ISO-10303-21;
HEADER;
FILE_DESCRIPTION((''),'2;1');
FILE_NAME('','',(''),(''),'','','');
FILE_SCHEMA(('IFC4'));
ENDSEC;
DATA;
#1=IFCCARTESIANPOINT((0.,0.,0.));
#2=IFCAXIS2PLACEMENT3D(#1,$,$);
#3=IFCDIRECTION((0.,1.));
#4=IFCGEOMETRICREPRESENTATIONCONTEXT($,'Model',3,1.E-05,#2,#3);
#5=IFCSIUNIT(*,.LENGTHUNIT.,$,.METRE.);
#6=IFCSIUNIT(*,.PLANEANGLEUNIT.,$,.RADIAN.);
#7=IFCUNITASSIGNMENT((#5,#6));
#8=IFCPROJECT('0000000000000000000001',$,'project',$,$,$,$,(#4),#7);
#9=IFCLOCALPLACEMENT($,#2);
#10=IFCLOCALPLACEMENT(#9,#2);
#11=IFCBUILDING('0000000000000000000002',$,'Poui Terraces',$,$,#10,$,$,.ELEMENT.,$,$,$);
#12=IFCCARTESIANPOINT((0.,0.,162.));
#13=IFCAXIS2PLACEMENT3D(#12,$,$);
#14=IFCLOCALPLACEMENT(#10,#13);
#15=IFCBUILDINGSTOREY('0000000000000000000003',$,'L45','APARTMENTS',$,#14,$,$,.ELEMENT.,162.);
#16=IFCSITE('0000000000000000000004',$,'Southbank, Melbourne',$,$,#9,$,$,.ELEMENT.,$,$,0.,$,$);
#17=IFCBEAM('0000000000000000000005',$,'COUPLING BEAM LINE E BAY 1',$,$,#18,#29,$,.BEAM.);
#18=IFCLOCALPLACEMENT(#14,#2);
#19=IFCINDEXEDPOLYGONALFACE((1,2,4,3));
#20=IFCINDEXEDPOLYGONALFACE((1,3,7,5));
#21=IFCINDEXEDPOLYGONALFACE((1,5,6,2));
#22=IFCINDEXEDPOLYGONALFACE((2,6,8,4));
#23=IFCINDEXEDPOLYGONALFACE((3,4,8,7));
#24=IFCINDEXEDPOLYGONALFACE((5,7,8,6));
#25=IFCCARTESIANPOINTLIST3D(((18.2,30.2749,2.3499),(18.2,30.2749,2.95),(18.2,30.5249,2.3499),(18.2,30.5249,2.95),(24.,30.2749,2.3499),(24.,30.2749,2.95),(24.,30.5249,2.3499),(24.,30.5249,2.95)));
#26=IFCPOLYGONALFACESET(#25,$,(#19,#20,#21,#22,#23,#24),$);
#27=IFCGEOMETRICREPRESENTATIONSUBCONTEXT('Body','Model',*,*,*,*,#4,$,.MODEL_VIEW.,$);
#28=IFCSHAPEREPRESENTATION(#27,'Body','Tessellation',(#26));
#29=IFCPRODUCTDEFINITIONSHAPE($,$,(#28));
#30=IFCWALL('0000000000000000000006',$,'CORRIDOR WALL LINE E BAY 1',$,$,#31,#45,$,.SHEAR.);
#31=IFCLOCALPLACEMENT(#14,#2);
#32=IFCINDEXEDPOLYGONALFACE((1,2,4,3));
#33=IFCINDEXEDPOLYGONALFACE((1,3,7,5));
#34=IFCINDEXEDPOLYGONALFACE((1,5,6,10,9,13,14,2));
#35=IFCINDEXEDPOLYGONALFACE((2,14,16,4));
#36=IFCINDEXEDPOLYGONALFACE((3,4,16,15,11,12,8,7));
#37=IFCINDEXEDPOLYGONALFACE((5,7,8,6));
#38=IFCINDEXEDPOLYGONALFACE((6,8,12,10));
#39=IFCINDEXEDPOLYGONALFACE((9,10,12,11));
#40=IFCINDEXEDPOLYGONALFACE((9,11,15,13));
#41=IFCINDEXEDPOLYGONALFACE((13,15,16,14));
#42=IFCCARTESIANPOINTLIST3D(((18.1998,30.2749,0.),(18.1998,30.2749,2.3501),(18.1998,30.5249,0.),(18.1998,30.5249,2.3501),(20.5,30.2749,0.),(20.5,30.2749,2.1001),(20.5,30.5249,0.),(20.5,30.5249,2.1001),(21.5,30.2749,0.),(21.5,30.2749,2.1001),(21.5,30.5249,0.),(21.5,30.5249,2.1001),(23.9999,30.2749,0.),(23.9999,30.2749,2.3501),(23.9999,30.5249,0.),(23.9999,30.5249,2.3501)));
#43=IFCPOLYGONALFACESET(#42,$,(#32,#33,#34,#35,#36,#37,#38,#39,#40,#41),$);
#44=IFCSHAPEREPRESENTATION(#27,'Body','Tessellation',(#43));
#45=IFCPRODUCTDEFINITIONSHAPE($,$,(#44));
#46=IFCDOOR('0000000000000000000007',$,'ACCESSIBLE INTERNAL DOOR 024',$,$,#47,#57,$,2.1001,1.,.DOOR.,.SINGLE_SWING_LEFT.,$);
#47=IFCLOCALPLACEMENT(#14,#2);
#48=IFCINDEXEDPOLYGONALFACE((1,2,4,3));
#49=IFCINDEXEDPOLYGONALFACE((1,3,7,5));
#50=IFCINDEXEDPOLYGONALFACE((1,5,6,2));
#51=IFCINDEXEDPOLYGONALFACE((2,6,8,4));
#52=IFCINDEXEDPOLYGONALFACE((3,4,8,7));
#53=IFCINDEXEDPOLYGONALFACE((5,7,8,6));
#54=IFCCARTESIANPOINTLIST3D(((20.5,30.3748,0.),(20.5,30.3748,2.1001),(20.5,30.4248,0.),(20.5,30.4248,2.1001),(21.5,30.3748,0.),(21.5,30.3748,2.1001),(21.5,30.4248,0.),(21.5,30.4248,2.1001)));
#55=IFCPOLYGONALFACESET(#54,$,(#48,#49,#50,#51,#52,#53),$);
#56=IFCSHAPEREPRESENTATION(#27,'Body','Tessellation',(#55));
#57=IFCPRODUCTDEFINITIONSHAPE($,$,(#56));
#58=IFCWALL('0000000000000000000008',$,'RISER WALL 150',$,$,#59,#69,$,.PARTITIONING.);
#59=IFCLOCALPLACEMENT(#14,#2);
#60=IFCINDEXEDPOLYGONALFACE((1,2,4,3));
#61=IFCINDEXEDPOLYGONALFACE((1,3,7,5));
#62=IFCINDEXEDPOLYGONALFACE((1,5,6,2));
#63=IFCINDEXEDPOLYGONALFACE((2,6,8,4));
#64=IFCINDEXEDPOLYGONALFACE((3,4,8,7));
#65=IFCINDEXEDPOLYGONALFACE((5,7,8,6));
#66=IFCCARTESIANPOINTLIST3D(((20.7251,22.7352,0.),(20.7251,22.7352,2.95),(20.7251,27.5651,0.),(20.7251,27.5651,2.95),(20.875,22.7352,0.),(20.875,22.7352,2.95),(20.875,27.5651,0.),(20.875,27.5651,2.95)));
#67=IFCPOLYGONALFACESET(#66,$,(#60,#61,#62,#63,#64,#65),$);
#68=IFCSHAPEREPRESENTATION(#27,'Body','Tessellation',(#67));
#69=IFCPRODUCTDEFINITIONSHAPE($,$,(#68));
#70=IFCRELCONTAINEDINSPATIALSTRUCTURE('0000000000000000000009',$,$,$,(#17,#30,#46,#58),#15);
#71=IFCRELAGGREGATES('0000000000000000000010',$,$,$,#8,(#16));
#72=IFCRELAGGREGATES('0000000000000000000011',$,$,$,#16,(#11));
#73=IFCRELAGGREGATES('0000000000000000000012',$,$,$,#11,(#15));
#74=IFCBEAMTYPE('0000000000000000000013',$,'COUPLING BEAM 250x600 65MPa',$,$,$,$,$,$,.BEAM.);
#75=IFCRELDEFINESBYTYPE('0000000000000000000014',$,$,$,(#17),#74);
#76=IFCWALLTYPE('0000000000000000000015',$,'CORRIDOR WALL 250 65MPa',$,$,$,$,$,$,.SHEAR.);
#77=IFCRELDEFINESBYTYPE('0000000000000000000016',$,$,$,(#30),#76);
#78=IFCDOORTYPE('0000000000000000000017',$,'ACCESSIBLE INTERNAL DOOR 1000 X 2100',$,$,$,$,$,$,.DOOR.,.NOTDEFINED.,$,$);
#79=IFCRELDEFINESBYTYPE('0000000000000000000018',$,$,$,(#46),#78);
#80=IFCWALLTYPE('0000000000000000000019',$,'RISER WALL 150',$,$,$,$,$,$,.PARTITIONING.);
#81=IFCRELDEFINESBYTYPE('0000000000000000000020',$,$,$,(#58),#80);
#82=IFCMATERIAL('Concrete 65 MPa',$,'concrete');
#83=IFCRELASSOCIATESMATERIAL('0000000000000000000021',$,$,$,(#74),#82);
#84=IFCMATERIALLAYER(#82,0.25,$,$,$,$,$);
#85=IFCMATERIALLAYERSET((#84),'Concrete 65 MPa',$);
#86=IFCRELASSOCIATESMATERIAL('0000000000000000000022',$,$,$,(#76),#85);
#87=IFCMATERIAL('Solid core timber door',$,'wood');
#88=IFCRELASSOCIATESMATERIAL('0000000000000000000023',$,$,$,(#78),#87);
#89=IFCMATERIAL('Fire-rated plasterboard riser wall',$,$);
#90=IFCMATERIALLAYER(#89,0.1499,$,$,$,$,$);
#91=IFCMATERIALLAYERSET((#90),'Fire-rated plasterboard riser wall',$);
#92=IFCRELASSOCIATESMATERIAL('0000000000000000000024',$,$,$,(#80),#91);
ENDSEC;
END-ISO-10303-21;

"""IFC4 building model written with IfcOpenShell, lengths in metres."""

from ifc_helpers import new_model, si_unit, direction, frame, frame_2d, origin, origin_2d, place, context, subcontext, project, spatial, rectangle, extrude, source, transform, mapped, material, layer, layer_set, material_profile, profile_set, type_object, element, fill, save


model = new_model("IFC4")

# Units and contexts
model_context = context("Model", 3, precision=1e-05, world=origin(), true_north=direction((0.0, 1.0)))
body_context = subcontext(model_context, "Body", "Model", "MODEL_VIEW")
ifc_project = project(units=[si_unit("LENGTHUNIT", "METRE"), si_unit("PLANEANGLEUNIT", "RADIAN")], contexts=[model_context])

# Site, building, storey
site_placement = place(None, origin())
site = spatial("IfcSite", under=ifc_project, at=site_placement, Name="Southbank, Melbourne", CompositionType="ELEMENT", RefElevation=0.0)
building_placement = place(site_placement, origin())
building = spatial("IfcBuilding", under=site, at=building_placement, Name="Poui Terraces", CompositionType="ELEMENT")
storey_placement = place(building_placement, frame((0.0, 0.0, 162.0)))
storey = spatial("IfcBuildingStorey", under=building, at=storey_placement, Name="L45", Description="APARTMENTS", CompositionType="ELEMENT", Elevation=162.0)

# Beam
ifc_material_1 = material(Name="Concrete 65 MPa", Category="concrete")
ifc_material_profile = material_profile(ifc_material_1, rectangle(XDim=0.25, YDim=0.6001, at=origin_2d()), Name="RC 250x600")
ifc_profile_set = profile_set([ifc_material_profile], Name="Concrete 65 MPa")
beam_type = type_object("IfcBeamType", Name="COUPLING BEAM 250x600 65MPa", PredefinedType="BEAM", material=ifc_profile_set)
shared_shape = source(origin(), body_context, "Body", "SweptSolid", [
    extrude(rectangle(XDim=0.25, YDim=0.6001, at=origin_2d()), origin(), (0.0, 0.0, 1.0), 5.8),
])
beam_placement = place(storey_placement, frame((18.2, 30.3999, 2.6499), z_axis=(1.0, 0.0, 0.0), x_axis=(0.0, 1.0, 0.0)))
element("IfcBeam", 1, at=beam_placement, inside=storey, type_object=beam_type, Name="COUPLING BEAM LINE E BAY 1", PredefinedType="BEAM", context=body_context, shape_type="MappedRepresentation", body=[
    mapped(shared_shape, transform((0.0, 0.0, 0.0))),
])

# Wall, opening, door
ifc_layer_1 = layer(ifc_material_1, 0.25)
ifc_layer_set_1 = layer_set([ifc_layer_1], Name="Concrete 65 MPa")
wall_type_1 = type_object("IfcWallType", Name="CORRIDOR WALL 250 65MPa", PredefinedType="SHEAR", material=ifc_layer_set_1)
wall_1_placement = place(storey_placement, frame((18.2, 30.3999, 0.0), z_axis=(0.0, 0.0, 1.0), x_axis=(1.0, 0.0, 0.0)))
wall_1 = element("IfcWall", 2, at=wall_1_placement, inside=storey, type_object=wall_type_1, Name="CORRIDOR WALL LINE E BAY 1", PredefinedType="SHEAR", context=body_context, shape_type="SweptSolid", body=[
    extrude(rectangle(XDim=5.8, YDim=0.25, at=frame_2d((2.8999, 0.0))), origin(), (0.0, 0.0, 1.0), 2.3501),
])
opening_1_placement = place(wall_1_placement, frame((2.3, 0.0, 0.0)))
opening_1 = element("IfcOpeningElement", 3, at=opening_1_placement, cuts=wall_1, PredefinedType="OPENING", context=body_context, shape_type="SweptSolid", body=[
    extrude(rectangle(XDim=1.0, YDim=2.1001, at=frame_2d((0.5, 1.05))), frame((0.0, 0.135, 0.0), z_axis=(0.0, -1.0, 0.0), x_axis=(1.0, 0.0, 0.0)), (0.0, 0.0, 1.0), 0.27),
])
ifc_material_2 = material(Name="Solid core timber door", Category="wood")
door_type_1 = type_object("IfcDoorType", Name="ACCESSIBLE INTERNAL DOOR 1000 X 2100", OperationType="NOTDEFINED", PredefinedType="DOOR", material=ifc_material_2)
door_1_placement = place(opening_1_placement, origin())
door_1 = element("IfcDoor", 4, at=door_1_placement, inside=storey, type_object=door_type_1, Name="ACCESSIBLE INTERNAL DOOR 024", OperationType="SINGLE_SWING_LEFT", OverallHeight=2.1001, OverallWidth=1.0, PredefinedType="DOOR", context=body_context, shape_type="SweptSolid", body=[
    extrude(rectangle(XDim=1.0, YDim=2.1001, at=frame_2d((0.5, 1.05))), frame((0.0, 0.0249, 0.0), z_axis=(0.0, -1.0, 0.0), x_axis=(1.0, 0.0, 0.0)), (0.0, 0.0, 1.0), 0.05),
])
fill(opening_1, door_1)

# Wall
ifc_material_3 = material(Name="Fire-rated plasterboard riser wall")
ifc_layer_2 = layer(ifc_material_3, 0.1499)
ifc_layer_set_2 = layer_set([ifc_layer_2], Name="Fire-rated plasterboard riser wall")
wall_type_2 = type_object("IfcWallType", Name="RISER WALL 150", PredefinedType="PARTITIONING", material=ifc_layer_set_2)
wall_2_placement = place(storey_placement, frame((20.8, 22.7351, 0.0), z_axis=(0.0, 0.0, 1.0), x_axis=(0.0, 1.0, 0.0)))
element("IfcWall", 5, at=wall_2_placement, inside=storey, type_object=wall_type_2, Name="RISER WALL 150", PredefinedType="PARTITIONING", context=body_context, shape_type="SweptSolid", body=[
    extrude(rectangle(XDim=4.8298, YDim=0.1499, at=frame_2d((2.415, 0.0))), origin(), (0.0, 0.0, 1.0), 2.95),
])

save(model, "model.ifc")
